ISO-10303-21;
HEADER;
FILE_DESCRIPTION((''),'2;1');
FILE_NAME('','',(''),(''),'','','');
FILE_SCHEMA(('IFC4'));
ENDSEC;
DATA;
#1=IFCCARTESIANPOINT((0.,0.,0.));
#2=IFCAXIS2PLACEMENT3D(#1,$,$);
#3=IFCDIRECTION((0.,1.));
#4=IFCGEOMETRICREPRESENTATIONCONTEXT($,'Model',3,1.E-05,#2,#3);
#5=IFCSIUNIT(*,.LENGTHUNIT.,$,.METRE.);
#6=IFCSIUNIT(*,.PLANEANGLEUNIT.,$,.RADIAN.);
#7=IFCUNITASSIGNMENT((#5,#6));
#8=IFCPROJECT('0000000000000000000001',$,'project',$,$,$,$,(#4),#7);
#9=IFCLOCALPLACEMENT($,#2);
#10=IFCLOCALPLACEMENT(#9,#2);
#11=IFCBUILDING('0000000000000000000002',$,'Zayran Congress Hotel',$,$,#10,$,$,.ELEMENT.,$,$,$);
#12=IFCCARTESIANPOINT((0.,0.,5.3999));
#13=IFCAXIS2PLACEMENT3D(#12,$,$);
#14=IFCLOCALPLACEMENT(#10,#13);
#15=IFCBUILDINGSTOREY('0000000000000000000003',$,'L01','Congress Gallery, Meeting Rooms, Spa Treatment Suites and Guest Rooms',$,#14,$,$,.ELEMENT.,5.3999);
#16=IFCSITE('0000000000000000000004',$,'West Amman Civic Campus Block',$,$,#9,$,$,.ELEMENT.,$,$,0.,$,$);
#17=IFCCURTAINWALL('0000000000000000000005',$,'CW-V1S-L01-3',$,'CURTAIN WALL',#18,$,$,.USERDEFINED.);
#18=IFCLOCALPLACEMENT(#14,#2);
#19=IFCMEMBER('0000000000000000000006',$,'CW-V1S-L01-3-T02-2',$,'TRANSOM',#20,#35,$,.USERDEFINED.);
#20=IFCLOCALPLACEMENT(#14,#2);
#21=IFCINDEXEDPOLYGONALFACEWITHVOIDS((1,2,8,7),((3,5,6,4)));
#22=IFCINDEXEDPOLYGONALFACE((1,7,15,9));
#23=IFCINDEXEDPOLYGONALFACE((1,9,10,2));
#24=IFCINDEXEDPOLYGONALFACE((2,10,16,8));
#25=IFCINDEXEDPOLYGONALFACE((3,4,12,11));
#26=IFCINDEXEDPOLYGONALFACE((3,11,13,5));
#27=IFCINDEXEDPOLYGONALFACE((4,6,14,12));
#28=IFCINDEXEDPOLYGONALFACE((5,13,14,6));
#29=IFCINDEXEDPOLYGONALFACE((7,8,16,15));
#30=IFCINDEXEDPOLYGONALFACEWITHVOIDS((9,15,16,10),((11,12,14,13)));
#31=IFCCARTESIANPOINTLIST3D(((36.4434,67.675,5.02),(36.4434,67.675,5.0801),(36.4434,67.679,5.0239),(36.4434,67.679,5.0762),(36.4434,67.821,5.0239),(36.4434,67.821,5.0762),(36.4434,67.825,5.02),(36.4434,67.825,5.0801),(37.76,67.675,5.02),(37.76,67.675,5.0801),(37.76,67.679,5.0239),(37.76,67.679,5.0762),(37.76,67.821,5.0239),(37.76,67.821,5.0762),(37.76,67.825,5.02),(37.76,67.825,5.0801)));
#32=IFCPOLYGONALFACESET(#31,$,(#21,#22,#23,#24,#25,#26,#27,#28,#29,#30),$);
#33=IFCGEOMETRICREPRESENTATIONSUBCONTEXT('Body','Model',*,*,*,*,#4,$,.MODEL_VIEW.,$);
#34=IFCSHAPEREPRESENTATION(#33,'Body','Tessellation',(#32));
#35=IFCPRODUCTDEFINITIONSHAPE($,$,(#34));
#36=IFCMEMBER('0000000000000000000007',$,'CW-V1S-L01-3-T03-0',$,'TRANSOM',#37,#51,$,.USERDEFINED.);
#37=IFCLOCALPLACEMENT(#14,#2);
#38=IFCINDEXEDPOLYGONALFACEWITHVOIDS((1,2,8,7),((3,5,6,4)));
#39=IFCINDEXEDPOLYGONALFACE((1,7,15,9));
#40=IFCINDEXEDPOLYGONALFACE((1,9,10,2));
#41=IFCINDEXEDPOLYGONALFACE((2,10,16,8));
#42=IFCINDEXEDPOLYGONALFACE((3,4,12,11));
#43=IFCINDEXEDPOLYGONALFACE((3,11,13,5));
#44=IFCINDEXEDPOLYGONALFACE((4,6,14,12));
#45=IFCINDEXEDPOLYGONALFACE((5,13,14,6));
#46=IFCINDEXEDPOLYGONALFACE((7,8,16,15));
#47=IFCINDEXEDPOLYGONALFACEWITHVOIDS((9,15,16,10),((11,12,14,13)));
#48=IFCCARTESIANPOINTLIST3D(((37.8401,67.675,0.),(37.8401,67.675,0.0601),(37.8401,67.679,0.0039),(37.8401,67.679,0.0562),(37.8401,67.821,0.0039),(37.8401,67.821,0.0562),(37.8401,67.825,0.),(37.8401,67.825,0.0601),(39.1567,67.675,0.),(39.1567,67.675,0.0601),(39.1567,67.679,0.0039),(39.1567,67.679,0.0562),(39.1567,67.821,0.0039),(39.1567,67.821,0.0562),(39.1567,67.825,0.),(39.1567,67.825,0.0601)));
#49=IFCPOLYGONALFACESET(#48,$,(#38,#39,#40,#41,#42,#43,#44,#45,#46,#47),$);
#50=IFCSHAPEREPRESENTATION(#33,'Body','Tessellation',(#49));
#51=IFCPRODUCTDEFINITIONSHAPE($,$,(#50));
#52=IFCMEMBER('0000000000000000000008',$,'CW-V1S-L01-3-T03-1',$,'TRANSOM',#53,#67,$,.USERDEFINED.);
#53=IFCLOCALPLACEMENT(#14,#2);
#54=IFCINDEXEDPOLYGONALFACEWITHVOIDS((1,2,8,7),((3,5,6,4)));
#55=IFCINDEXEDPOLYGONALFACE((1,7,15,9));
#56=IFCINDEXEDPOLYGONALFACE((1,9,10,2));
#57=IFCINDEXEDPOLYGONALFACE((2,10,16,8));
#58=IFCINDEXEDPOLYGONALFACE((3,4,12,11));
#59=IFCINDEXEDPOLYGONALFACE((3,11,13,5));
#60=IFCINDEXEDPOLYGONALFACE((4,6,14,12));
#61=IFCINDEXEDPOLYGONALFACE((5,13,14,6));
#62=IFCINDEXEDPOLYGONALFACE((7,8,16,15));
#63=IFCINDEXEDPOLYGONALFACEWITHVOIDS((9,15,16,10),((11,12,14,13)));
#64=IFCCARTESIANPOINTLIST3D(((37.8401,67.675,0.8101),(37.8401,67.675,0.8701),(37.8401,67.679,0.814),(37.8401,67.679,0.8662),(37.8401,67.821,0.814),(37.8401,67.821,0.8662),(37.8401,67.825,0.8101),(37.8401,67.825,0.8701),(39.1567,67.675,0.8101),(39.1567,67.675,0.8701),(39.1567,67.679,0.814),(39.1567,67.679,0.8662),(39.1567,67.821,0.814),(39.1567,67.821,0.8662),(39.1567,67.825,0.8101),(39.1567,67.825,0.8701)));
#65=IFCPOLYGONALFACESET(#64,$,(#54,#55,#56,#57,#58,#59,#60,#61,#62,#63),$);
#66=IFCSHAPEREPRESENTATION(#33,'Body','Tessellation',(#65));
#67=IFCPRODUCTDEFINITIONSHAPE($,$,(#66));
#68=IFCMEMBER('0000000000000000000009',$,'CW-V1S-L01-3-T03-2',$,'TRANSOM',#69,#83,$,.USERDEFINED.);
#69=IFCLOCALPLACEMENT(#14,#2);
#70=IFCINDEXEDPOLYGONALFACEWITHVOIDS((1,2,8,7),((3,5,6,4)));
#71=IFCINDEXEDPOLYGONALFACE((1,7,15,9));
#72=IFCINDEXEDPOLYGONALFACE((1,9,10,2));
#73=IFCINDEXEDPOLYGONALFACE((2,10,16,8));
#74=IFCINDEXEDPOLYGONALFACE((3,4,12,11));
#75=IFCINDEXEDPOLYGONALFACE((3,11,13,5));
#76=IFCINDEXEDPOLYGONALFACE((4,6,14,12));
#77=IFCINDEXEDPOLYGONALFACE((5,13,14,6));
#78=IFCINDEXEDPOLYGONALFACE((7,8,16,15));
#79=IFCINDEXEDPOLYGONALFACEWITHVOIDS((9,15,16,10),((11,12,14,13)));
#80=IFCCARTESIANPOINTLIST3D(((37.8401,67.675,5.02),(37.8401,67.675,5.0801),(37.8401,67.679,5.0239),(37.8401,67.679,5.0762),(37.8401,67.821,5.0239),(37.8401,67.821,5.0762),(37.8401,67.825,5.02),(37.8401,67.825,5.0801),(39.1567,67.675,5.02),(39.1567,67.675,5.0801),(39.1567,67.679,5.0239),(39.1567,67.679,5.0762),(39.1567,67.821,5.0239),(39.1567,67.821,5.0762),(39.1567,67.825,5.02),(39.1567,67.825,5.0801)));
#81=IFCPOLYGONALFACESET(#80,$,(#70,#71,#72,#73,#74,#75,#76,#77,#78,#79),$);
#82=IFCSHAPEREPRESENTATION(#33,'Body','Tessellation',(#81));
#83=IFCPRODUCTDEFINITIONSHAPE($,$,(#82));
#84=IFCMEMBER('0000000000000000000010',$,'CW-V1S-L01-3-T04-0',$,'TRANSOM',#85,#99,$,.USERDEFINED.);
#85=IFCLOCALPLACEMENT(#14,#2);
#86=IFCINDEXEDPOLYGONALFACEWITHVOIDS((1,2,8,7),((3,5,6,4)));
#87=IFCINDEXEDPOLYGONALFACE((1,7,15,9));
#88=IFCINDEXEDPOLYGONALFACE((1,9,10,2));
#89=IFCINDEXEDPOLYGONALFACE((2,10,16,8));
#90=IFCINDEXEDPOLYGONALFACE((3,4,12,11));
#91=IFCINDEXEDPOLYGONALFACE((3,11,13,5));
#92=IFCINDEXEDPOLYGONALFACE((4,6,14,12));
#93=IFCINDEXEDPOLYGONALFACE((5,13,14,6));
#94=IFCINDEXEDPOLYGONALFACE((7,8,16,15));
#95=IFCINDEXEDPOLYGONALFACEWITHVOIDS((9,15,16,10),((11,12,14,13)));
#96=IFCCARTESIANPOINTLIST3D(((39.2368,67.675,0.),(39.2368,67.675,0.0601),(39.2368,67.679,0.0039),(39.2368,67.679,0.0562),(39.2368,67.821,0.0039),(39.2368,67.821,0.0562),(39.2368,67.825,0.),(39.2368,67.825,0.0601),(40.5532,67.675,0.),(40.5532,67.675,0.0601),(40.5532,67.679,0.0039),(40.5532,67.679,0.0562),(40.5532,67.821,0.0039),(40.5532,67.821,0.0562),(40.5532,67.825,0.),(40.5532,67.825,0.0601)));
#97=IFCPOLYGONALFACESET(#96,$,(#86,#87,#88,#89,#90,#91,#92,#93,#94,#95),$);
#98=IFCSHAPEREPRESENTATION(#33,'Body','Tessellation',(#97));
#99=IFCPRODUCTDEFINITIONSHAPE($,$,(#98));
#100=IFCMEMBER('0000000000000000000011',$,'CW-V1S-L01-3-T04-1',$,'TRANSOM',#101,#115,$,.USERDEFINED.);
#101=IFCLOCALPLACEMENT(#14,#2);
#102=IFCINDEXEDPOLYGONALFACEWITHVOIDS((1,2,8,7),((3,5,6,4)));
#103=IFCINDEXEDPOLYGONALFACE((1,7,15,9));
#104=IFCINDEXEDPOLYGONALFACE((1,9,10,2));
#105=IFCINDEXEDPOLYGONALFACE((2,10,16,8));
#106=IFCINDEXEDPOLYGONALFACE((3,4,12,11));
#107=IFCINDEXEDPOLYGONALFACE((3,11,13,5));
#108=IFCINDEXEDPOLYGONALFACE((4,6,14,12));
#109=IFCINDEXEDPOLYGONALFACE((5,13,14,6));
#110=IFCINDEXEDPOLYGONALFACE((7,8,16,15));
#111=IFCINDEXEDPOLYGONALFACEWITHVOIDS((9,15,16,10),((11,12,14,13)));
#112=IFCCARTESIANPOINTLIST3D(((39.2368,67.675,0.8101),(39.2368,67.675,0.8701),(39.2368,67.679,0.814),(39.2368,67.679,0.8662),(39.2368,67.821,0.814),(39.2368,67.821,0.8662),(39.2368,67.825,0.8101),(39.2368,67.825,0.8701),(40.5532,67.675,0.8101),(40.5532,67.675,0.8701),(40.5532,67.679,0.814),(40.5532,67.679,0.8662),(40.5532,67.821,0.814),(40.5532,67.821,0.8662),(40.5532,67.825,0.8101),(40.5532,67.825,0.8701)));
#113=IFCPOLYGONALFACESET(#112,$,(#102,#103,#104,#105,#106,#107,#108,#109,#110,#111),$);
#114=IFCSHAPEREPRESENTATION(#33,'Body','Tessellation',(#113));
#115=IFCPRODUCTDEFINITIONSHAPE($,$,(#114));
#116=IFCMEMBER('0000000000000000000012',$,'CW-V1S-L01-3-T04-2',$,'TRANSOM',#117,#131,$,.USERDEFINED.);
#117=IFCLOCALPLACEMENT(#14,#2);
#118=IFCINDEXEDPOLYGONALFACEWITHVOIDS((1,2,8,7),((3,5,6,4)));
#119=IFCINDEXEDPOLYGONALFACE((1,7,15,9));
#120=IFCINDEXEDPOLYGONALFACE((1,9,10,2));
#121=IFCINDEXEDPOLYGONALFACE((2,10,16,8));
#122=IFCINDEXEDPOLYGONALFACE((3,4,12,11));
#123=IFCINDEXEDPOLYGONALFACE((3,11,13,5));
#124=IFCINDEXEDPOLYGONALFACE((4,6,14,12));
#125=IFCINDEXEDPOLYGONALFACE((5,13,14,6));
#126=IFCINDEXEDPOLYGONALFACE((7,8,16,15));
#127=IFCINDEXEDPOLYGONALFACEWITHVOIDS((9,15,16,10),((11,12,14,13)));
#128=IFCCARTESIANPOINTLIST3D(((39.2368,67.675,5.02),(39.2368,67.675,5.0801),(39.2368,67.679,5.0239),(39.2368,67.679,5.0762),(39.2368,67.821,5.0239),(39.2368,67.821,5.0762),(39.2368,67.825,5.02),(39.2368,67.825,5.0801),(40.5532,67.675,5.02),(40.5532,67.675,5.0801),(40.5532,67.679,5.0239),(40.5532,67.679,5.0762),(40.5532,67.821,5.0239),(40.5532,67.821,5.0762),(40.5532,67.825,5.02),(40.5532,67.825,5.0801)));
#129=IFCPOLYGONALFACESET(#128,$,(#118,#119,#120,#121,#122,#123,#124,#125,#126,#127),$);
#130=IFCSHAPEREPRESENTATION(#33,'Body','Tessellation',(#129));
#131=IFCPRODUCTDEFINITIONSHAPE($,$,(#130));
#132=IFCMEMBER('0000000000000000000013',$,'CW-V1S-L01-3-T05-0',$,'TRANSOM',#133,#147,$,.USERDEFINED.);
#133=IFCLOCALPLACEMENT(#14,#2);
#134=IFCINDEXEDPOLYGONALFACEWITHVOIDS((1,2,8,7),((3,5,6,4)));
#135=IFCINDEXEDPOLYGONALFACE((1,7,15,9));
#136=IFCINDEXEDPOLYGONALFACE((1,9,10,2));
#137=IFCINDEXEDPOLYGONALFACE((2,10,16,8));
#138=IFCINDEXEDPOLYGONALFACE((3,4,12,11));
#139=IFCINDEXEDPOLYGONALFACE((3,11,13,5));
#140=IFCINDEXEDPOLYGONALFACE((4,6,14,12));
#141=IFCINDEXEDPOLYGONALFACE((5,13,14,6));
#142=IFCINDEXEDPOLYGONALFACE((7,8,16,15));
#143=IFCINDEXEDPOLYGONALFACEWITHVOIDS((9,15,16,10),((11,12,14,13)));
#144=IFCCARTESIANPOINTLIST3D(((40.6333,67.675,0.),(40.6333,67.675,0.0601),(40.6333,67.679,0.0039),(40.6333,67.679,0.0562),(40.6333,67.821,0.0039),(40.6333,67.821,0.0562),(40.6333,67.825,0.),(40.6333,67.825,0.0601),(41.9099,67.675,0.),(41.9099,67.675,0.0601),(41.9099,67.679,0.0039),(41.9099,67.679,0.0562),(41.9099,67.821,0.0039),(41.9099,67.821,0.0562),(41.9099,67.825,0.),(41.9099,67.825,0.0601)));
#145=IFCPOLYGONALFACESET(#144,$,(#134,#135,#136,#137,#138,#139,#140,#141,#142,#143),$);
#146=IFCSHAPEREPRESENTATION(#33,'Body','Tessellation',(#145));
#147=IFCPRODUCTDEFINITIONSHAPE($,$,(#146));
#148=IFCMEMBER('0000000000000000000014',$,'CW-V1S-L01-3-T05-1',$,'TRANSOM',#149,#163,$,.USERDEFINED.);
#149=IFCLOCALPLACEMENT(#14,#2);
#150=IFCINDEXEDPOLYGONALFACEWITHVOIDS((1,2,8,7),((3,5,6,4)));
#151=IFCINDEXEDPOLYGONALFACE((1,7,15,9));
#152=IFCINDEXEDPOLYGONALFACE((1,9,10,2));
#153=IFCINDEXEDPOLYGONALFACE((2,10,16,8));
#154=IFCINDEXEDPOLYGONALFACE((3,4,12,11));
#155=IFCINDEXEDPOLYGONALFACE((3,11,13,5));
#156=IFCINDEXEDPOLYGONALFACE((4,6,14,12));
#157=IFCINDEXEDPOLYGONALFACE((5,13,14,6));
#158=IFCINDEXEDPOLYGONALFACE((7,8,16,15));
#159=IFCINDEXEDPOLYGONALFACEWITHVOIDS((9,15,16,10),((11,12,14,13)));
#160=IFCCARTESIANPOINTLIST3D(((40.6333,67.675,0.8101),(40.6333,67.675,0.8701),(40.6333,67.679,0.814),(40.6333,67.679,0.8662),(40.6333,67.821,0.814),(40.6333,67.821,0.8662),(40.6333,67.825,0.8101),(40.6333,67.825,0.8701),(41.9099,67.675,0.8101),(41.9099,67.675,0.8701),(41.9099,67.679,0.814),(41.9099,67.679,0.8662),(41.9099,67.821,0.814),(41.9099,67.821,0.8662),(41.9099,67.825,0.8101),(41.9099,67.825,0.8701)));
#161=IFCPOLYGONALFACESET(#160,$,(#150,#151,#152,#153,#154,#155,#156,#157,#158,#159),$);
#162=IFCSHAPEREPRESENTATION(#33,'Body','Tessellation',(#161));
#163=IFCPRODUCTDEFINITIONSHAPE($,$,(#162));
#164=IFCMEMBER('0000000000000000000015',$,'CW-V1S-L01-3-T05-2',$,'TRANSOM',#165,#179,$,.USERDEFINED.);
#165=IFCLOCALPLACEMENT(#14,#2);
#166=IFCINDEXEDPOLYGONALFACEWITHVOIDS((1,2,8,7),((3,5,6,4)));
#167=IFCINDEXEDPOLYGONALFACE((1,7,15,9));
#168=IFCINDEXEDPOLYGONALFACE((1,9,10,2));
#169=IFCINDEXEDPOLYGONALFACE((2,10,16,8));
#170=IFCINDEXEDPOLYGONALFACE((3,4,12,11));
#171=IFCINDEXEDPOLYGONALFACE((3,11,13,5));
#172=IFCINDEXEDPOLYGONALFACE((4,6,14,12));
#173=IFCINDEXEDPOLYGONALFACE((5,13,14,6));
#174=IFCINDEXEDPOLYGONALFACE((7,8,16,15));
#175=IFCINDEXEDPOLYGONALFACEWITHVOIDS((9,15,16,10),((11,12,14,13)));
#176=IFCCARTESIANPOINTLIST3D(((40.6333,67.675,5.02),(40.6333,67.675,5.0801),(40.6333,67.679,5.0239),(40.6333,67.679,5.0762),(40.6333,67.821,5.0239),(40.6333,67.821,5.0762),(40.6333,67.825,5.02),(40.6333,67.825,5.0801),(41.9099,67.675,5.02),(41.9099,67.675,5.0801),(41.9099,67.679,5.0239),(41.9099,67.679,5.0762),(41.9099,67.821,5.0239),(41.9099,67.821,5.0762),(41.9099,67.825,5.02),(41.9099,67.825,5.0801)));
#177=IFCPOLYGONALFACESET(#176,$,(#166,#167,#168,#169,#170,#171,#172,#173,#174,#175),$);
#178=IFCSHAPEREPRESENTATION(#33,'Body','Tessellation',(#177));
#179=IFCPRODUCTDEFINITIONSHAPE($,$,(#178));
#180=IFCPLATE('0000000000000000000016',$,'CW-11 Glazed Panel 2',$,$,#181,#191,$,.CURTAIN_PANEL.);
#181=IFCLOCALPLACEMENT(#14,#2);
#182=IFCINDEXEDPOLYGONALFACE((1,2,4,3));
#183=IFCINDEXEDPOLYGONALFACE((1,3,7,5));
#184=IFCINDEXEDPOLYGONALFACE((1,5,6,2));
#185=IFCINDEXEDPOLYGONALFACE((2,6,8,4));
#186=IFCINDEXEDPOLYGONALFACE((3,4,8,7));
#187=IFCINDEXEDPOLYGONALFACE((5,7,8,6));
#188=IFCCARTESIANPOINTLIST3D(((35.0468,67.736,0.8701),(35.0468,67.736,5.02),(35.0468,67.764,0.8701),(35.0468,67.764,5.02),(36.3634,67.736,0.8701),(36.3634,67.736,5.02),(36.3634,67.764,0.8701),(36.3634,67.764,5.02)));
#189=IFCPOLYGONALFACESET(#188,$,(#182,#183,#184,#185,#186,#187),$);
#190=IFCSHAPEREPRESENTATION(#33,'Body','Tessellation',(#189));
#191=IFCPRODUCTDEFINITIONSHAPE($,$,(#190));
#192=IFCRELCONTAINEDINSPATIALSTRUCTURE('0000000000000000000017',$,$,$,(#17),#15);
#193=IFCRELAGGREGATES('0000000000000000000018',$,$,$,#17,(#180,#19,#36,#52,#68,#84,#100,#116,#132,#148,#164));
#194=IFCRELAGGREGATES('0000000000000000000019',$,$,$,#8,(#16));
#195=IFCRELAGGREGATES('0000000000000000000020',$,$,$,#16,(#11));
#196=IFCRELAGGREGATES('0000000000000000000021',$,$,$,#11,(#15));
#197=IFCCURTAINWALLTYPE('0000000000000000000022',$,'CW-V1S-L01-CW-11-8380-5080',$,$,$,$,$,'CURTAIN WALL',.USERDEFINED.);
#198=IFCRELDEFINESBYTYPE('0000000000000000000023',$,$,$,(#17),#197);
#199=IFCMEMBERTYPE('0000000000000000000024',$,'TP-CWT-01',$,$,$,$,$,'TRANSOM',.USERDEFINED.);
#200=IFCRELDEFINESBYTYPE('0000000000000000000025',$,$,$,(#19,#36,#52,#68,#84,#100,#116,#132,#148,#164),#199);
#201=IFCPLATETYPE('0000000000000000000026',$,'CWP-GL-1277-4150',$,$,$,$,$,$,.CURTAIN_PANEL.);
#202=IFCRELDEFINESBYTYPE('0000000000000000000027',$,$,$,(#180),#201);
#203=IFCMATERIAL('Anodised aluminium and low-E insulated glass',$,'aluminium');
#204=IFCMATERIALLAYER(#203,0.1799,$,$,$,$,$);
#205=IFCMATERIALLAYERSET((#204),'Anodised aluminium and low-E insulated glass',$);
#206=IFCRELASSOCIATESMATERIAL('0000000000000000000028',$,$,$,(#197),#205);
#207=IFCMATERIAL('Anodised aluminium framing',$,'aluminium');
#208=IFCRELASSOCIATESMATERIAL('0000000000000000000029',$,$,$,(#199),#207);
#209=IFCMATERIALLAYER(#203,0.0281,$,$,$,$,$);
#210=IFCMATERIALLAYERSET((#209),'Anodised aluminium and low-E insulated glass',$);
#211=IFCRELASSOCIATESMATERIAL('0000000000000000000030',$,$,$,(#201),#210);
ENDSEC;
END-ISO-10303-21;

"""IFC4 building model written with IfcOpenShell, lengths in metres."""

from ifc_helpers import new_model, si_unit, direction, frame, origin, origin_2d, place, context, subcontext, project, spatial, rectangle, hollow_rectangle, extrude, material, layer, layer_set, material_profile, profile_set, type_object, element, aggregate, save


model = new_model("IFC4")

# Units and contexts
model_context = context("Model", 3, precision=1e-05, world=origin(), true_north=direction((0.0, 1.0)))
body_context = subcontext(model_context, "Body", "Model", "MODEL_VIEW")
ifc_project = project(units=[si_unit("LENGTHUNIT", "METRE"), si_unit("PLANEANGLEUNIT", "RADIAN")], contexts=[model_context])

# Site, building, storey
site_placement = place(None, origin())
site = spatial("IfcSite", under=ifc_project, at=site_placement, Name="West Amman Civic Campus Block", CompositionType="ELEMENT", RefElevation=0.0)
building_placement = place(site_placement, origin())
building = spatial("IfcBuilding", under=site, at=building_placement, Name="Zayran Congress Hotel", CompositionType="ELEMENT")
storey_placement = place(building_placement, frame((0.0, 0.0, 5.3999)))
storey = spatial("IfcBuildingStorey", under=building, at=storey_placement, Name="L01", Description="Congress Gallery, Meeting Rooms, Spa Treatment Suites and Guest Rooms", CompositionType="ELEMENT", Elevation=5.3999)

# Curtain wall, members, plate
ifc_material_1 = material(Name="Anodised aluminium and low-E insulated glass", Category="aluminium")
ifc_layer_1 = layer(ifc_material_1, 0.1799)
ifc_layer_set_1 = layer_set([ifc_layer_1], Name="Anodised aluminium and low-E insulated glass")
curtain_wall_type = type_object("IfcCurtainWallType", Name="CW-V1S-L01-CW-11-8380-5080", ElementType="CURTAIN WALL", PredefinedType="USERDEFINED", material=ifc_layer_set_1)
curtain_wall_placement = place(storey_placement, origin())
curtain_wall = element("IfcCurtainWall", 1, at=curtain_wall_placement, inside=storey, type_object=curtain_wall_type, Name="CW-V1S-L01-3", ObjectType="CURTAIN WALL", PredefinedType="USERDEFINED")
ifc_material_2 = material(Name="Anodised aluminium framing", Category="aluminium")
ifc_material_profile_1 = material_profile(ifc_material_2, hollow_rectangle(XDim=0.0601, YDim=0.1499, WallThickness=0.0039, at=origin_2d()), Name="RHS 150x60x4")
ifc_profile_set_1 = profile_set([ifc_material_profile_1], Name="Anodised aluminium framing")
member_type_1 = type_object("IfcMemberType", Name="TP-CWT-01", ElementType="TRANSOM", PredefinedType="USERDEFINED", material=ifc_profile_set_1)
member_1_placement = place(storey_placement, frame((36.4434, 67.75, 5.05), z_axis=(1.0, 0.0, 0.0), x_axis=(0.0, 0.0, 1.0)))
member_1 = element("IfcMember", 2, at=member_1_placement, type_object=member_type_1, Name="CW-V1S-L01-3-T02-2", ObjectType="TRANSOM", PredefinedType="USERDEFINED", context=body_context, shape_type="SweptSolid", body=[
    extrude(hollow_rectangle(XDim=0.0601, YDim=0.1499, WallThickness=0.0039, at=origin_2d()), origin(), (0.0, 0.0, 1.0), 1.3167),
])
member_2_placement = place(storey_placement, frame((37.8401, 67.75, 0.03), z_axis=(1.0, 0.0, 0.0), x_axis=(0.0, 0.0, 1.0)))
member_2 = element("IfcMember", 3, at=member_2_placement, type_object=member_type_1, Name="CW-V1S-L01-3-T03-0", ObjectType="TRANSOM", PredefinedType="USERDEFINED", context=body_context, shape_type="SweptSolid", body=[
    extrude(hollow_rectangle(XDim=0.0601, YDim=0.1499, WallThickness=0.0039, at=origin_2d()), origin(), (0.0, 0.0, 1.0), 1.3167),
])
member_3_placement = place(storey_placement, frame((37.8401, 67.75, 0.8401), z_axis=(1.0, 0.0, 0.0), x_axis=(0.0, 0.0, 1.0)))
member_3 = element("IfcMember", 4, at=member_3_placement, type_object=member_type_1, Name="CW-V1S-L01-3-T03-1", ObjectType="TRANSOM", PredefinedType="USERDEFINED", context=body_context, shape_type="SweptSolid", body=[
    extrude(hollow_rectangle(XDim=0.0601, YDim=0.1499, WallThickness=0.0039, at=origin_2d()), origin(), (0.0, 0.0, 1.0), 1.3167),
])
member_4_placement = place(storey_placement, frame((37.8401, 67.75, 5.05), z_axis=(1.0, 0.0, 0.0), x_axis=(0.0, 0.0, 1.0)))
member_4 = element("IfcMember", 5, at=member_4_placement, type_object=member_type_1, Name="CW-V1S-L01-3-T03-2", ObjectType="TRANSOM", PredefinedType="USERDEFINED", context=body_context, shape_type="SweptSolid", body=[
    extrude(hollow_rectangle(XDim=0.0601, YDim=0.1499, WallThickness=0.0039, at=origin_2d()), origin(), (0.0, 0.0, 1.0), 1.3167),
])
member_5_placement = place(storey_placement, frame((39.2368, 67.75, 0.03), z_axis=(1.0, 0.0, 0.0), x_axis=(0.0, 0.0, 1.0)))
member_5 = element("IfcMember", 6, at=member_5_placement, type_object=member_type_1, Name="CW-V1S-L01-3-T04-0", ObjectType="TRANSOM", PredefinedType="USERDEFINED", context=body_context, shape_type="SweptSolid", body=[
    extrude(hollow_rectangle(XDim=0.0601, YDim=0.1499, WallThickness=0.0039, at=origin_2d()), origin(), (0.0, 0.0, 1.0), 1.3164),
])
member_6_placement = place(storey_placement, frame((39.2368, 67.75, 0.8401), z_axis=(1.0, 0.0, 0.0), x_axis=(0.0, 0.0, 1.0)))
member_6 = element("IfcMember", 7, at=member_6_placement, type_object=member_type_1, Name="CW-V1S-L01-3-T04-1", ObjectType="TRANSOM", PredefinedType="USERDEFINED", context=body_context, shape_type="SweptSolid", body=[
    extrude(hollow_rectangle(XDim=0.0601, YDim=0.1499, WallThickness=0.0039, at=origin_2d()), origin(), (0.0, 0.0, 1.0), 1.3164),
])
member_7_placement = place(storey_placement, frame((39.2368, 67.75, 5.05), z_axis=(1.0, 0.0, 0.0), x_axis=(0.0, 0.0, 1.0)))
member_7 = element("IfcMember", 8, at=member_7_placement, type_object=member_type_1, Name="CW-V1S-L01-3-T04-2", ObjectType="TRANSOM", PredefinedType="USERDEFINED", context=body_context, shape_type="SweptSolid", body=[
    extrude(hollow_rectangle(XDim=0.0601, YDim=0.1499, WallThickness=0.0039, at=origin_2d()), origin(), (0.0, 0.0, 1.0), 1.3164),
])
member_8_placement = place(storey_placement, frame((40.6333, 67.75, 0.03), z_axis=(1.0, 0.0, 0.0), x_axis=(0.0, 0.0, 1.0)))
member_8 = element("IfcMember", 9, at=member_8_placement, type_object=member_type_1, Name="CW-V1S-L01-3-T05-0", ObjectType="TRANSOM", PredefinedType="USERDEFINED", context=body_context, shape_type="SweptSolid", body=[
    extrude(hollow_rectangle(XDim=0.0601, YDim=0.1499, WallThickness=0.0039, at=origin_2d()), origin(), (0.0, 0.0, 1.0), 1.2766),
])
member_9_placement = place(storey_placement, frame((40.6333, 67.75, 0.8401), z_axis=(1.0, 0.0, 0.0), x_axis=(0.0, 0.0, 1.0)))
member_9 = element("IfcMember", 10, at=member_9_placement, type_object=member_type_1, Name="CW-V1S-L01-3-T05-1", ObjectType="TRANSOM", PredefinedType="USERDEFINED", context=body_context, shape_type="SweptSolid", body=[
    extrude(hollow_rectangle(XDim=0.0601, YDim=0.1499, WallThickness=0.0039, at=origin_2d()), origin(), (0.0, 0.0, 1.0), 1.2766),
])
member_10_placement = place(storey_placement, frame((40.6333, 67.75, 5.05), z_axis=(1.0, 0.0, 0.0), x_axis=(0.0, 0.0, 1.0)))
member_10 = element("IfcMember", 11, at=member_10_placement, type_object=member_type_1, Name="CW-V1S-L01-3-T05-2", ObjectType="TRANSOM", PredefinedType="USERDEFINED", context=body_context, shape_type="SweptSolid", body=[
    extrude(hollow_rectangle(XDim=0.0601, YDim=0.1499, WallThickness=0.0039, at=origin_2d()), origin(), (0.0, 0.0, 1.0), 1.2766),
])
ifc_layer_2 = layer(ifc_material_1, 0.0281)
ifc_layer_set_2 = layer_set([ifc_layer_2], Name="Anodised aluminium and low-E insulated glass")
plate_type_1 = type_object("IfcPlateType", Name="CWP-GL-1277-4150", PredefinedType="CURTAIN_PANEL", material=ifc_layer_set_2)
plate_1_placement = place(storey_placement, frame((35.7051, 67.75, 0.8701), z_axis=(0.0, 0.0, 1.0), x_axis=(1.0, 0.0, 0.0)))
plate_1 = element("IfcPlate", 12, at=plate_1_placement, type_object=plate_type_1, Name="CW-11 Glazed Panel 2", PredefinedType="CURTAIN_PANEL", context=body_context, shape_type="SweptSolid", body=[
    extrude(rectangle(XDim=1.3167, YDim=0.0281, at=origin_2d()), origin(), (0.0, 0.0, 1.0), 4.1499),
])
aggregate(curtain_wall, [plate_1, member_1, member_2, member_3, member_4, member_5, member_6, member_7, member_8, member_9, member_10])

save(model, "model.ifc")
